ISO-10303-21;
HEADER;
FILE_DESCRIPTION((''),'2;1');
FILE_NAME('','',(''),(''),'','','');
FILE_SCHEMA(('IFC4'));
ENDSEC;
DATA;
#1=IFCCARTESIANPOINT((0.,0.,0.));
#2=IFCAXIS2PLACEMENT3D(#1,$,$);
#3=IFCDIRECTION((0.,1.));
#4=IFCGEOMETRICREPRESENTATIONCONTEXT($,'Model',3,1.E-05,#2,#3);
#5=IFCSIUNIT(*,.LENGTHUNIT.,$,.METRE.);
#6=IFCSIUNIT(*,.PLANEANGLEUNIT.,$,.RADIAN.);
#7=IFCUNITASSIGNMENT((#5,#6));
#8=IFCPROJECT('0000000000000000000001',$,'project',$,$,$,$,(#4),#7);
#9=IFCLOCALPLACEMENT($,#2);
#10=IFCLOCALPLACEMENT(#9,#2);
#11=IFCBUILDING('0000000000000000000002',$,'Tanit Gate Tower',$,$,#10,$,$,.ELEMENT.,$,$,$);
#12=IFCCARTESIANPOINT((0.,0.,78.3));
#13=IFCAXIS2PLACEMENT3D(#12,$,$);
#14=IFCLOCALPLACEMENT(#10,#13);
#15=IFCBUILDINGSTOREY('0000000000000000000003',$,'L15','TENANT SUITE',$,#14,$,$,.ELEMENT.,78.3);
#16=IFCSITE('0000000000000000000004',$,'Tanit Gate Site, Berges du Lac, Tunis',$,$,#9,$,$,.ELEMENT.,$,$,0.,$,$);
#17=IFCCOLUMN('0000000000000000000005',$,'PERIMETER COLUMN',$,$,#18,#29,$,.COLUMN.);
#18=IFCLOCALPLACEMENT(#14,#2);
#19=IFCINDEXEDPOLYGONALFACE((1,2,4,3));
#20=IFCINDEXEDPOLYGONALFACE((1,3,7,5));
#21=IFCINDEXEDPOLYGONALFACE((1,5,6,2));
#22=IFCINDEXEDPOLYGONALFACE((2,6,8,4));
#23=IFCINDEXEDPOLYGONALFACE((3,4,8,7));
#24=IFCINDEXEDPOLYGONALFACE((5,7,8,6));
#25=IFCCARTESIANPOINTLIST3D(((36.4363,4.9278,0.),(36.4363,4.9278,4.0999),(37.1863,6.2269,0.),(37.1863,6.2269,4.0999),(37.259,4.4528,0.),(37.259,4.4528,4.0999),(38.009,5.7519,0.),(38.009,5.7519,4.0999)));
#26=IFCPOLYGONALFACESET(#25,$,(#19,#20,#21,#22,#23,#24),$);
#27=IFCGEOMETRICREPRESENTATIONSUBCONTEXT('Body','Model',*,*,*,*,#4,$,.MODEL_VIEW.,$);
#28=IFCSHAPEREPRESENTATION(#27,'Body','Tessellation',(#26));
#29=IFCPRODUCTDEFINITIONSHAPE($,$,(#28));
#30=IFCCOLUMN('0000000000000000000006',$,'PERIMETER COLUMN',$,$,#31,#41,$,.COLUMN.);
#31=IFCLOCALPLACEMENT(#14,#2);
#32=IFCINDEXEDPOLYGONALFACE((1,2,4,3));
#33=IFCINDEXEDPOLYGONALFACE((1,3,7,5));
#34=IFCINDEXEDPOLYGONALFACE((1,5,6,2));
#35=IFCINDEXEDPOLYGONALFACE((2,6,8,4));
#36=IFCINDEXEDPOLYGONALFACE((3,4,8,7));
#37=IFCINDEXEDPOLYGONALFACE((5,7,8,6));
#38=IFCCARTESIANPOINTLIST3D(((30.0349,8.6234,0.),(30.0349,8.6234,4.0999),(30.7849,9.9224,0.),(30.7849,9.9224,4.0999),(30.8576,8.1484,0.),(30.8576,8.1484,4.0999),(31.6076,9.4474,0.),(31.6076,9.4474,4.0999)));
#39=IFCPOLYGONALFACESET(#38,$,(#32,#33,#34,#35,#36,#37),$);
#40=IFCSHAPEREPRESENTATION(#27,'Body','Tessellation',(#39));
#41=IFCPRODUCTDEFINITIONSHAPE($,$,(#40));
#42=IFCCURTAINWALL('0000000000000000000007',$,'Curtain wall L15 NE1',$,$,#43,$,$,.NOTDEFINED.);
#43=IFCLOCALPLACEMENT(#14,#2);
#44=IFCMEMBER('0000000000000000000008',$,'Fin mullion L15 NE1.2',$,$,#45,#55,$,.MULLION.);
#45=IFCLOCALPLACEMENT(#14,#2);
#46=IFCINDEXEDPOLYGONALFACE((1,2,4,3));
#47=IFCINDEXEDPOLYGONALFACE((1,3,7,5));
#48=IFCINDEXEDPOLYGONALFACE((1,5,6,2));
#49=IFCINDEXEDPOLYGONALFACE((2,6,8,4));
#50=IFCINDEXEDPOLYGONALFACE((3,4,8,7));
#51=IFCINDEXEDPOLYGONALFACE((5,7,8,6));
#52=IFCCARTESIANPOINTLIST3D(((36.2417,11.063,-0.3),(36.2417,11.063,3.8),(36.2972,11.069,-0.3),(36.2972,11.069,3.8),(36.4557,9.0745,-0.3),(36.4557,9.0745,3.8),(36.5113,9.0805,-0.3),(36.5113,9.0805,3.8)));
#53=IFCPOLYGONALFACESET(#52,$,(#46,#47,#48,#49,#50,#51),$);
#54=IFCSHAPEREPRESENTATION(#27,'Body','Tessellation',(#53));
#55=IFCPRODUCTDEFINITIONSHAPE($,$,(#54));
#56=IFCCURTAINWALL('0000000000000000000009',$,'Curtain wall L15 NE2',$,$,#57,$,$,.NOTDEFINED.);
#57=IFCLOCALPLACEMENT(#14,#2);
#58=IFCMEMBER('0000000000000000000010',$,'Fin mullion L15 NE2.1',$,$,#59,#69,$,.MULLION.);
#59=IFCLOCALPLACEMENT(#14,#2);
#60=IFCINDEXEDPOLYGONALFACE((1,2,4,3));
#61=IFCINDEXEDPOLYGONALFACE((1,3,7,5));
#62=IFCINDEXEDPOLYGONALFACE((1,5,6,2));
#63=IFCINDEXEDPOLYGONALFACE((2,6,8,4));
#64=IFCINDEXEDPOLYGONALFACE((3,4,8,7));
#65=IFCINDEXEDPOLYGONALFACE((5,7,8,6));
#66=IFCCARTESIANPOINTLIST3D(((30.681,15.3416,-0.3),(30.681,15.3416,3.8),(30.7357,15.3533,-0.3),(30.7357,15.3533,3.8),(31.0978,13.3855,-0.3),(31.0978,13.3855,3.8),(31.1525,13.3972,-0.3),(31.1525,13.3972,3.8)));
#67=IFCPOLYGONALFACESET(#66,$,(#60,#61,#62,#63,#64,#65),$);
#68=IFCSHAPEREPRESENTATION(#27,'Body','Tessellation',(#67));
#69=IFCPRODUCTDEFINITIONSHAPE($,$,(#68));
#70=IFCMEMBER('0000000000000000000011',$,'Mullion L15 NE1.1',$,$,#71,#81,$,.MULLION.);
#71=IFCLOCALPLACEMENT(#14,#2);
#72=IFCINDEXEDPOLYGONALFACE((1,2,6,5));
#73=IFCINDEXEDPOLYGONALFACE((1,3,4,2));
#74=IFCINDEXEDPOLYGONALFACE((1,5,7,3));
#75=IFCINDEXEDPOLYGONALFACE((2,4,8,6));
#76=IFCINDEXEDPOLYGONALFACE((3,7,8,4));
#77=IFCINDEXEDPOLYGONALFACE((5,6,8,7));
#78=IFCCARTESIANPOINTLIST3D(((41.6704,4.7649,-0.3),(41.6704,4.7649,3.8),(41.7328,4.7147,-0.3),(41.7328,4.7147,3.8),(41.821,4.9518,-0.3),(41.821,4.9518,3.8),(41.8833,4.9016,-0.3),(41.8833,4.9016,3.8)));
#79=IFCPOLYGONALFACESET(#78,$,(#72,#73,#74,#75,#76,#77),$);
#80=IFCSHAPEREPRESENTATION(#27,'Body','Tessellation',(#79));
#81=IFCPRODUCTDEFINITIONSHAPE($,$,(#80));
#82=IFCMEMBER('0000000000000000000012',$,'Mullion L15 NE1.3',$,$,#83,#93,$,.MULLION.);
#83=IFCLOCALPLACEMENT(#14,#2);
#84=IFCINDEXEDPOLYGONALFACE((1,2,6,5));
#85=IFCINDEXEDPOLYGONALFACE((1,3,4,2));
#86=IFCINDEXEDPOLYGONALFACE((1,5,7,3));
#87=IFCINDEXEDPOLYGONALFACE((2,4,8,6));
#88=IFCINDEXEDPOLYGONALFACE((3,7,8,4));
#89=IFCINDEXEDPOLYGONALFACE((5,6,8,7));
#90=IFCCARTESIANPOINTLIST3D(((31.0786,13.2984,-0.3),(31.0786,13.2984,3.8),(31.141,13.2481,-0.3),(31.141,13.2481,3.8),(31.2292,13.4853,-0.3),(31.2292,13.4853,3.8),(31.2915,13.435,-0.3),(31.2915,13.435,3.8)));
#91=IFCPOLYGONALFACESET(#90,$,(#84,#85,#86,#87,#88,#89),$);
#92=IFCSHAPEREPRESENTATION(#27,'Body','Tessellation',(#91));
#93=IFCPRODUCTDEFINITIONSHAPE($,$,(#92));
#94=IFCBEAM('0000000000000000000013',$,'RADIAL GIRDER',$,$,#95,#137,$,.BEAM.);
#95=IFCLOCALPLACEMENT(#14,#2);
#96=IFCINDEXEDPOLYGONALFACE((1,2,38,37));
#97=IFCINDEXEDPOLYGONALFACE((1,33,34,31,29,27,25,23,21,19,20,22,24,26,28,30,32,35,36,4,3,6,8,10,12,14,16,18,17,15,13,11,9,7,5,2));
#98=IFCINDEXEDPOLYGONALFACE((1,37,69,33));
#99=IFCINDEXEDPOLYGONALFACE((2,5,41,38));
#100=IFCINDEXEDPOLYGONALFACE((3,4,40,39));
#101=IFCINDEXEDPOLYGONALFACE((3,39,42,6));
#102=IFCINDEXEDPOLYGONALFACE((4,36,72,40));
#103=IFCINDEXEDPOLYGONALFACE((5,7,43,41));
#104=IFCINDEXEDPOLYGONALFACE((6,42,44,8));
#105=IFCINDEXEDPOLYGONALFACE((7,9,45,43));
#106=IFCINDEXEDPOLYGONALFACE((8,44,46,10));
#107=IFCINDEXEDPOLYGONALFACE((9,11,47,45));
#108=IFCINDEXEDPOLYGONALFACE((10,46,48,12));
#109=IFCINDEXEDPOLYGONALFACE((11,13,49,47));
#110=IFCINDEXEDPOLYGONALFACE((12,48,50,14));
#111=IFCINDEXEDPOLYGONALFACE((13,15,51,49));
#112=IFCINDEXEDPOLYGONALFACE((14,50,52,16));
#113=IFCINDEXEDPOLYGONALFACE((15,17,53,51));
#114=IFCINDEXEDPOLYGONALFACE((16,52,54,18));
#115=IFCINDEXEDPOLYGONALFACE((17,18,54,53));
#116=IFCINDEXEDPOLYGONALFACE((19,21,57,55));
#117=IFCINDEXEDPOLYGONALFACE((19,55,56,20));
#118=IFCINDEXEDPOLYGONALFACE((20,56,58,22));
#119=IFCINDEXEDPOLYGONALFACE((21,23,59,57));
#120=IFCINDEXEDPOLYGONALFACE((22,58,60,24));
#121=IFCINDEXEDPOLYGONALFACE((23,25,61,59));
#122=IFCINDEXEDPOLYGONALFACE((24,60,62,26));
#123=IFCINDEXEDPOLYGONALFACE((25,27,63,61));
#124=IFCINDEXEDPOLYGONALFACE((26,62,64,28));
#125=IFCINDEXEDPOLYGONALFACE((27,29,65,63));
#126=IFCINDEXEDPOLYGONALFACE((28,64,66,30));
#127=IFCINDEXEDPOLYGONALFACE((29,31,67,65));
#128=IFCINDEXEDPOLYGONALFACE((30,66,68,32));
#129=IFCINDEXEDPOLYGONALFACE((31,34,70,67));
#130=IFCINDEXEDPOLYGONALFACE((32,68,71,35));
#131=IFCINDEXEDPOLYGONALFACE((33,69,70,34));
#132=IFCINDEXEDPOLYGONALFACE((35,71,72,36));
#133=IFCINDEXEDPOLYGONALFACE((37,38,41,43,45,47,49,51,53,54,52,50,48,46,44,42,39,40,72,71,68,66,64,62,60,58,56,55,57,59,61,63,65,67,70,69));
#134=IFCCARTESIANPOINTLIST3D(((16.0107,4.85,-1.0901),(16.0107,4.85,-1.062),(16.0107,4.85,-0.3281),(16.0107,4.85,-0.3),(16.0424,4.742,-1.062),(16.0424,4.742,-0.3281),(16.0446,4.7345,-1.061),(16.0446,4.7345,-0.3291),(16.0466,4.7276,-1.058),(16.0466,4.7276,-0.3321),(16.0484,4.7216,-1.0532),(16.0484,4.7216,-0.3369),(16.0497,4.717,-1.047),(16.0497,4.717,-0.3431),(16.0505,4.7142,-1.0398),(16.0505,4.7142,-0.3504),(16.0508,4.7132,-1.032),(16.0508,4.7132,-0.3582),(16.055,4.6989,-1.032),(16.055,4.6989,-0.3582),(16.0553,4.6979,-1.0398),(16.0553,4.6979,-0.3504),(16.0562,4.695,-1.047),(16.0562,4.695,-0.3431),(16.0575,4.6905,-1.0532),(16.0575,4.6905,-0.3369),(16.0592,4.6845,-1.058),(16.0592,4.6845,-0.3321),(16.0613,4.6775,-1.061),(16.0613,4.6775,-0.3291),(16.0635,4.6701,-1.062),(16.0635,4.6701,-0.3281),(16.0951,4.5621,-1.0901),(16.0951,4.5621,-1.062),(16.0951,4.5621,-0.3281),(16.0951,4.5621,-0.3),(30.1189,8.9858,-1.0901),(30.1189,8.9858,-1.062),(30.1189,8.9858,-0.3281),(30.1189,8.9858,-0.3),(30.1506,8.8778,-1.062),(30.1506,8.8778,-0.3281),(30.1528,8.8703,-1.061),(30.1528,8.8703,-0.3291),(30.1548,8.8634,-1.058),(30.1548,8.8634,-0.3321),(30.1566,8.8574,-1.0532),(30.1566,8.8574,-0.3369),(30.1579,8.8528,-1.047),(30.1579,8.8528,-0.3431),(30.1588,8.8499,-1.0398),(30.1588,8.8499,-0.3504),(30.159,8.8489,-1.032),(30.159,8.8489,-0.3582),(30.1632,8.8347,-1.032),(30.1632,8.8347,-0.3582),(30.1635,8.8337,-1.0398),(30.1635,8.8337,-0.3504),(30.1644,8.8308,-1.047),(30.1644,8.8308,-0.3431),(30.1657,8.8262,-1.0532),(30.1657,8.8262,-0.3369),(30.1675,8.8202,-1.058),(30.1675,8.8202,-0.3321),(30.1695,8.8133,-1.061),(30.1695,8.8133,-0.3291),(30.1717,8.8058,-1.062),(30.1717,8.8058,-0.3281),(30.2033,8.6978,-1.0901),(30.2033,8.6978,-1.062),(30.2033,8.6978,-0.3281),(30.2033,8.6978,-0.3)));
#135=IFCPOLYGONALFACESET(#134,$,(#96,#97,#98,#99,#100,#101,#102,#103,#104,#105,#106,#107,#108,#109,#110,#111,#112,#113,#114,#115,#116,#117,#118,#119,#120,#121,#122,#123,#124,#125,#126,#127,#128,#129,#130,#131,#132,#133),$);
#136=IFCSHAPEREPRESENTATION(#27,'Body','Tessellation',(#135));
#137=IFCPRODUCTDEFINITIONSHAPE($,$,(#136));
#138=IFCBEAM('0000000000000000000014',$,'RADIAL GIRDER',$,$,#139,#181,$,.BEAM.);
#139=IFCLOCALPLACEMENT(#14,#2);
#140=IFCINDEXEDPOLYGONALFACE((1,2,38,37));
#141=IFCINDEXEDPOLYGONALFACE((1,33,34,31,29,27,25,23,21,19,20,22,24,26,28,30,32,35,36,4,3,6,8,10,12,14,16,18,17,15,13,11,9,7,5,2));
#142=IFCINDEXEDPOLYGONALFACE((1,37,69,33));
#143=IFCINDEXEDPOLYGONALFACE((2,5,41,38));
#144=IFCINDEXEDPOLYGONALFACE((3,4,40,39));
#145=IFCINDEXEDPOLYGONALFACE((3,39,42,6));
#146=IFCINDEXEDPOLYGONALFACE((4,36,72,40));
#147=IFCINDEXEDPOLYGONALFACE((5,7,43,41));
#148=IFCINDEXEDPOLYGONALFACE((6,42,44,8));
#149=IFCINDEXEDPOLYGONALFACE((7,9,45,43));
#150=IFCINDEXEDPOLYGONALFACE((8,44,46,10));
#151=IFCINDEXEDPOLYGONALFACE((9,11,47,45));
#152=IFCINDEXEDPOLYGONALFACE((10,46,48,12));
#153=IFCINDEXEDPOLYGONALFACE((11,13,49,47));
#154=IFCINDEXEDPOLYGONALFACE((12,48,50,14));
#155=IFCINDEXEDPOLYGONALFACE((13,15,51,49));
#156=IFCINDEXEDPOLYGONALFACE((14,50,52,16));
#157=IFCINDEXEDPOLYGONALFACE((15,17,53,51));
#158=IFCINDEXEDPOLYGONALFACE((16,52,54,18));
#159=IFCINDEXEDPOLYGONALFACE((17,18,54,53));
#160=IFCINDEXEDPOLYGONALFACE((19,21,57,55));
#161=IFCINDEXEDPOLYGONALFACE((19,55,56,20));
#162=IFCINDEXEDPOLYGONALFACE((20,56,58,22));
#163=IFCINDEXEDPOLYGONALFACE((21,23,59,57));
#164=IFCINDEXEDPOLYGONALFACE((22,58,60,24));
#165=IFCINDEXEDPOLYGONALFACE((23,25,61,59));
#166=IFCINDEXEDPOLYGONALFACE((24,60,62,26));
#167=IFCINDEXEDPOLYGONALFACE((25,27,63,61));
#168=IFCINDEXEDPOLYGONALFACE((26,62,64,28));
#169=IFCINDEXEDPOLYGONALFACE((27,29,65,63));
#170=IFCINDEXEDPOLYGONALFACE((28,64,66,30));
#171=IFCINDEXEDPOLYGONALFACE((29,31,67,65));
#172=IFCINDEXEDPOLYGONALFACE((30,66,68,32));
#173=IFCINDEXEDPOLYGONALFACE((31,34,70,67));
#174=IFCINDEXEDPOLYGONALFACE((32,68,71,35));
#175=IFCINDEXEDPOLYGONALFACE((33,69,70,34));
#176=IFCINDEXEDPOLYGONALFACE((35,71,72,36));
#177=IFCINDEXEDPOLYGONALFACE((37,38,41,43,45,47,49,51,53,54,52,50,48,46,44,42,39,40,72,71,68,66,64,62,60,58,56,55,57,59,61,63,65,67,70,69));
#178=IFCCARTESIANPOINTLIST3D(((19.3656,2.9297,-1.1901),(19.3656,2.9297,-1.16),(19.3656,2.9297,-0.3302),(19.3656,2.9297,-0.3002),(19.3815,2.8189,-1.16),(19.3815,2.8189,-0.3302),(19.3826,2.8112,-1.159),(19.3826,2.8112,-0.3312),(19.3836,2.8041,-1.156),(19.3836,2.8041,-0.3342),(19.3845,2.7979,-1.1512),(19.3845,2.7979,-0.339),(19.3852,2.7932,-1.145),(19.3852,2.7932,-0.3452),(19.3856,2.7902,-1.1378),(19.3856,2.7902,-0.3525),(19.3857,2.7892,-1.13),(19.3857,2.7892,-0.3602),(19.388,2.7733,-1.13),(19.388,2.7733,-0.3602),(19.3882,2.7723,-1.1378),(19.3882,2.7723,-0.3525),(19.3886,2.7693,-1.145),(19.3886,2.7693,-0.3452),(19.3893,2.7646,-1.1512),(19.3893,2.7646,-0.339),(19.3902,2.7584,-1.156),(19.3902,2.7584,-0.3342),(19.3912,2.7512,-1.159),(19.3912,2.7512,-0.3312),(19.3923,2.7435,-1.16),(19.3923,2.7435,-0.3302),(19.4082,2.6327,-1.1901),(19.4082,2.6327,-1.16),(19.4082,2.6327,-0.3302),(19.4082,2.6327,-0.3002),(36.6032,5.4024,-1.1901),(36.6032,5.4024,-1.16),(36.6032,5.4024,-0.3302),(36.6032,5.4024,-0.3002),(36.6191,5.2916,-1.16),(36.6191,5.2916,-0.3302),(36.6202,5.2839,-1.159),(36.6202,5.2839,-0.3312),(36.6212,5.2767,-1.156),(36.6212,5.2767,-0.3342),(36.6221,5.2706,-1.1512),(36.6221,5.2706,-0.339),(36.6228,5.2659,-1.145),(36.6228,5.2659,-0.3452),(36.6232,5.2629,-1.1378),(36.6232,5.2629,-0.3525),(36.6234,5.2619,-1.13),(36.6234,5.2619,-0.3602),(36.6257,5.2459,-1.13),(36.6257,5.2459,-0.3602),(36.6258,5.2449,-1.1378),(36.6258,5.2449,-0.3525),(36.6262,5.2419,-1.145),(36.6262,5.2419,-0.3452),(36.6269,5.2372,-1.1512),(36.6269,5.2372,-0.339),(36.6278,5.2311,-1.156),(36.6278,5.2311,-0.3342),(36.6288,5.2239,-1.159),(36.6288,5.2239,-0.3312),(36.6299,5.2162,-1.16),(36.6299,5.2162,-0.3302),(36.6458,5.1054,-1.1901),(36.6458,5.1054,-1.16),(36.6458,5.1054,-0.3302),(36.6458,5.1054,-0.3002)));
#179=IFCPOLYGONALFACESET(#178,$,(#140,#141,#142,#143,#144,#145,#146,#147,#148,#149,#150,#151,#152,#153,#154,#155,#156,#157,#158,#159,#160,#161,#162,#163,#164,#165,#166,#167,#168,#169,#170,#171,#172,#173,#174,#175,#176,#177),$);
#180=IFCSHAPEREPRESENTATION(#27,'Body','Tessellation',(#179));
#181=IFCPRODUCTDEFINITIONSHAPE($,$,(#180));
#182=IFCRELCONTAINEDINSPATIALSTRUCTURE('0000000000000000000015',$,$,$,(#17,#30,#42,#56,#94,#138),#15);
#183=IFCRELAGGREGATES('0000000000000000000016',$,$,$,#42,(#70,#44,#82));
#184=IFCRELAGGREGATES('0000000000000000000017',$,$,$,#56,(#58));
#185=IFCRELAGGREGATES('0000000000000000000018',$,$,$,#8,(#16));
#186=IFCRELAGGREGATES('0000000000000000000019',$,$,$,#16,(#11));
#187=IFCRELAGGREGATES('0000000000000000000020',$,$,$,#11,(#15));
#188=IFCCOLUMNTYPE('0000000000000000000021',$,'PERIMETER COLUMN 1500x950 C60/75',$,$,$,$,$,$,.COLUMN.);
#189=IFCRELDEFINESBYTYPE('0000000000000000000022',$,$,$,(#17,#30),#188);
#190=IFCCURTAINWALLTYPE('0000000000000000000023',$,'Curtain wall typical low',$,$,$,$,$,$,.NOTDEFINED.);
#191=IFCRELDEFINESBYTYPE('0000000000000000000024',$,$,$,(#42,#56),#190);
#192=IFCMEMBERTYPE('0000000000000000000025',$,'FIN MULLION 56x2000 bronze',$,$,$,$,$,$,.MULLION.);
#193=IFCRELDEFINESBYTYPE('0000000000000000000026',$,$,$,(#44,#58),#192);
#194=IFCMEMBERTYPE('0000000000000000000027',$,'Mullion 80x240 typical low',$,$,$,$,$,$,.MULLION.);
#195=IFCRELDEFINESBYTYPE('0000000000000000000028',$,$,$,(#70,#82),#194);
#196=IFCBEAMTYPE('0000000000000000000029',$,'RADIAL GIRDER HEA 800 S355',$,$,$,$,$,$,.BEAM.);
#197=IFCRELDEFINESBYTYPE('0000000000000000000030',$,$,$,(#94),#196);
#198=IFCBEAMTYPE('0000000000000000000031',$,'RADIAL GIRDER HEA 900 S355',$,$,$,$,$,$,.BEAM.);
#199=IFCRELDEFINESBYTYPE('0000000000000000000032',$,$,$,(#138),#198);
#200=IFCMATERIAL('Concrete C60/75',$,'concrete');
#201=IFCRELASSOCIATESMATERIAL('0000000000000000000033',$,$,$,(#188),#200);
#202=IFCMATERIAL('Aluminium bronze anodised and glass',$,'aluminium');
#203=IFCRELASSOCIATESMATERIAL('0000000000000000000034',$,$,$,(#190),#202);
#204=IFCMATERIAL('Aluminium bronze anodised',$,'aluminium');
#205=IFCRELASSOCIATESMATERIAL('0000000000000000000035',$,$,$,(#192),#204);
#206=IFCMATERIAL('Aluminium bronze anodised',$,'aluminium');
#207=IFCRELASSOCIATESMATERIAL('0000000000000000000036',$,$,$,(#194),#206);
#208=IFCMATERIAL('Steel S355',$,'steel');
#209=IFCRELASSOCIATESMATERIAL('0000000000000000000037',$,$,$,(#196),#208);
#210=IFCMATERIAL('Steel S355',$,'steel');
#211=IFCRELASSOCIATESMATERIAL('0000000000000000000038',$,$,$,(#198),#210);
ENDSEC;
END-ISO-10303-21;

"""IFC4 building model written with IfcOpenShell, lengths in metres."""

from ifc_helpers import new_model, si_unit, direction, frame, origin, origin_2d, place, context, subcontext, project, spatial, rectangle, i_section, extrude, material, material_profile, profile_set, type_object, element, aggregate, save


model = new_model("IFC4")

# Units and contexts
model_context = context("Model", 3, precision=1e-05, world=origin(), true_north=direction((0.0, 1.0)))
body_context = subcontext(model_context, "Body", "Model", "MODEL_VIEW")
ifc_project = project(units=[si_unit("LENGTHUNIT", "METRE"), si_unit("PLANEANGLEUNIT", "RADIAN")], contexts=[model_context])

# Site, building, storey
site_placement = place(None, origin())
site = spatial("IfcSite", under=ifc_project, at=site_placement, Name="Tanit Gate Site, Berges du Lac, Tunis", CompositionType="ELEMENT", RefElevation=0.0)
building_placement = place(site_placement, origin())
building = spatial("IfcBuilding", under=site, at=building_placement, Name="Tanit Gate Tower", CompositionType="ELEMENT")
storey_placement = place(building_placement, frame((0.0, 0.0, 78.3)))
storey = spatial("IfcBuildingStorey", under=building, at=storey_placement, Name="L15", Description="TENANT SUITE", CompositionType="ELEMENT", Elevation=78.3)

# Columns
ifc_material_1 = material(Name="Concrete C60/75", Category="concrete")
ifc_material_profile_1 = material_profile(ifc_material_1, rectangle(XDim=1.5, YDim=0.95, at=origin_2d()), Name="RC 1500x950")
ifc_profile_set_1 = profile_set([ifc_material_profile_1], Name="Concrete C60/75")
column_type = type_object("IfcColumnType", Name="PERIMETER COLUMN 1500x950 C60/75", PredefinedType="COLUMN", material=ifc_profile_set_1)
for number, where, z_axis, x_axis, name in (
    (1, (37.2227, 5.3398, 0.0), (0.0, 0.0, 1.0), (0.5, 0.866025, 0.0), "PERIMETER COLUMN"),
    (2, (30.8213, 9.0354, 0.0), (0.0, 0.0, 1.0), (0.5, 0.866025, 0.0), "PERIMETER COLUMN"),
):
    element("IfcColumn", number, at=place(storey_placement, frame(where, z_axis=z_axis, x_axis=x_axis)), inside=storey, type_object=column_type, Name=name, PredefinedType="COLUMN", context=body_context, shape_type="SweptSolid", body=[
        extrude(rectangle(XDim=1.5, YDim=0.95, at=origin_2d()), origin(), (0.0, 0.0, 1.0), 4.0999),
    ])

# Curtain walls, members
ifc_material_2 = material(Name="Aluminium bronze anodised and glass", Category="aluminium")
curtain_wall_type = type_object("IfcCurtainWallType", Name="Curtain wall typical low", PredefinedType="NOTDEFINED", material=ifc_material_2)
curtain_wall_1_placement = place(storey_placement, origin())
curtain_wall_1 = element("IfcCurtainWall", 3, at=curtain_wall_1_placement, inside=storey, type_object=curtain_wall_type, Name="Curtain wall L15 NE1", PredefinedType="NOTDEFINED")
ifc_material_3 = material(Name="Aluminium bronze anodised", Category="aluminium")
ifc_material_profile_2 = material_profile(ifc_material_3, rectangle(XDim=2.0, YDim=0.0559, at=origin_2d()), Name="56x2000 bronze fin mullion")
ifc_profile_set_2 = profile_set([ifc_material_profile_2], Name="Aluminium bronze anodised")
member_type_1 = type_object("IfcMemberType", Name="FIN MULLION 56x2000 bronze", PredefinedType="MULLION", material=ifc_profile_set_2)
member_1_placement = place(storey_placement, frame((36.3765, 10.0718, -0.3), z_axis=(0.0, 0.0, 1.0), x_axis=(0.107017, -0.994257, 0.0)))
member_1 = element("IfcMember", 4, at=member_1_placement, type_object=member_type_1, Name="Fin mullion L15 NE1.2", PredefinedType="MULLION", context=body_context, shape_type="SweptSolid", body=[
    extrude(rectangle(XDim=2.0, YDim=0.0559, at=origin_2d()), origin(), (0.0, 0.0, 1.0), 4.1001),
])
curtain_wall_2_placement = place(storey_placement, origin())
curtain_wall_2 = element("IfcCurtainWall", 5, at=curtain_wall_2_placement, inside=storey, type_object=curtain_wall_type, Name="Curtain wall L15 NE2", PredefinedType="NOTDEFINED")
member_2_placement = place(storey_placement, frame((30.9167, 14.3694, -0.3), z_axis=(0.0, 0.0, 1.0), x_axis=(0.208373, -0.978049, 0.0)))
member_2 = element("IfcMember", 6, at=member_2_placement, type_object=member_type_1, Name="Fin mullion L15 NE2.1", PredefinedType="MULLION", context=body_context, shape_type="SweptSolid", body=[
    extrude(rectangle(XDim=2.0, YDim=0.0559, at=origin_2d()), origin(), (0.0, 0.0, 1.0), 4.1001),
])

# Members
ifc_material_4 = material(Name="Aluminium bronze anodised", Category="aluminium")
ifc_material_profile_3 = material_profile(ifc_material_4, rectangle(XDim=0.24, YDim=0.0801, at=origin_2d()), Name="80x240 bronze mullion")
ifc_profile_set_3 = profile_set([ifc_material_profile_3], Name="Aluminium bronze anodised")
member_type_2 = type_object("IfcMemberType", Name="Mullion 80x240 typical low", PredefinedType="MULLION", material=ifc_profile_set_3)
member_3_placement = place(storey_placement, frame((41.7769, 4.8333, -0.3), z_axis=(0.0, 0.0, 1.0), x_axis=(-0.627374, -0.778718, 0.0)))
member_3 = element("IfcMember", 7, at=member_3_placement, type_object=member_type_2, Name="Mullion L15 NE1.1", PredefinedType="MULLION", context=body_context, shape_type="SweptSolid", body=[
    extrude(rectangle(XDim=0.24, YDim=0.0801, at=origin_2d()), origin(), (0.0, 0.0, 1.0), 4.1001),
])
member_4_placement = place(storey_placement, frame((31.1851, 13.3667, -0.3), z_axis=(0.0, 0.0, 1.0), x_axis=(-0.627374, -0.778718, 0.0)))
member_4 = element("IfcMember", 8, at=member_4_placement, type_object=member_type_2, Name="Mullion L15 NE1.3", PredefinedType="MULLION", context=body_context, shape_type="SweptSolid", body=[
    extrude(rectangle(XDim=0.24, YDim=0.0801, at=origin_2d()), origin(), (0.0, 0.0, 1.0), 4.1001),
])

# Beams
ifc_material_5 = material(Name="Steel S355", Category="steel")
ifc_material_profile_4 = material_profile(ifc_material_5, i_section(OverallWidth=0.3, OverallDepth=0.79, WebThickness=0.0149, FlangeThickness=0.0281, FilletRadius=0.03, at=origin_2d()), Name="HEA 800")
ifc_profile_set_4 = profile_set([ifc_material_profile_4], Name="Steel S355")
beam_type_1 = type_object("IfcBeamType", Name="RADIAL GIRDER HEA 800 S355", PredefinedType="BEAM", material=ifc_profile_set_4)
beam_1_placement = place(storey_placement, frame((30.1611, 8.8418, -0.6951), z_axis=(-0.959618, -0.281308, 0.0), x_axis=(0.281308, -0.959618, 0.0)))
element("IfcBeam", 9, at=beam_1_placement, inside=storey, type_object=beam_type_1, Name="RADIAL GIRDER", PredefinedType="BEAM", context=body_context, shape_type="SweptSolid", body=[
    extrude(i_section(OverallWidth=0.3, OverallDepth=0.79, WebThickness=0.0149, FlangeThickness=0.0281, FilletRadius=0.03, at=origin_2d()), origin(), (0.0, 0.0, 1.0), 14.7019),
])
ifc_material_6 = material(Name="Steel S355", Category="steel")
ifc_material_profile_5 = material_profile(ifc_material_6, i_section(OverallWidth=0.3, OverallDepth=0.8899, WebThickness=0.0161, FlangeThickness=0.03, FilletRadius=0.03, at=origin_2d()), Name="HEA 900")
ifc_profile_set_5 = profile_set([ifc_material_profile_5], Name="Steel S355")
beam_type_2 = type_object("IfcBeamType", Name="RADIAL GIRDER HEA 900 S355", PredefinedType="BEAM", material=ifc_profile_set_5)
beam_2_placement = place(storey_placement, frame((36.6245, 5.2539, -0.7451), z_axis=(-0.989868, -0.141992, 0.0), x_axis=(0.141992, -0.989868, 0.0)))
element("IfcBeam", 10, at=beam_2_placement, inside=storey, type_object=beam_type_2, Name="RADIAL GIRDER", PredefinedType="BEAM", context=body_context, shape_type="SweptSolid", body=[
    extrude(i_section(OverallWidth=0.3, OverallDepth=0.8899, WebThickness=0.0161, FlangeThickness=0.03, FilletRadius=0.03, at=origin_2d()), origin(), (0.0, 0.0, 1.0), 17.4141),
])

aggregate(curtain_wall_1, [member_3, member_1, member_4])
aggregate(curtain_wall_2, [member_2])

save(model, "model.ifc")
